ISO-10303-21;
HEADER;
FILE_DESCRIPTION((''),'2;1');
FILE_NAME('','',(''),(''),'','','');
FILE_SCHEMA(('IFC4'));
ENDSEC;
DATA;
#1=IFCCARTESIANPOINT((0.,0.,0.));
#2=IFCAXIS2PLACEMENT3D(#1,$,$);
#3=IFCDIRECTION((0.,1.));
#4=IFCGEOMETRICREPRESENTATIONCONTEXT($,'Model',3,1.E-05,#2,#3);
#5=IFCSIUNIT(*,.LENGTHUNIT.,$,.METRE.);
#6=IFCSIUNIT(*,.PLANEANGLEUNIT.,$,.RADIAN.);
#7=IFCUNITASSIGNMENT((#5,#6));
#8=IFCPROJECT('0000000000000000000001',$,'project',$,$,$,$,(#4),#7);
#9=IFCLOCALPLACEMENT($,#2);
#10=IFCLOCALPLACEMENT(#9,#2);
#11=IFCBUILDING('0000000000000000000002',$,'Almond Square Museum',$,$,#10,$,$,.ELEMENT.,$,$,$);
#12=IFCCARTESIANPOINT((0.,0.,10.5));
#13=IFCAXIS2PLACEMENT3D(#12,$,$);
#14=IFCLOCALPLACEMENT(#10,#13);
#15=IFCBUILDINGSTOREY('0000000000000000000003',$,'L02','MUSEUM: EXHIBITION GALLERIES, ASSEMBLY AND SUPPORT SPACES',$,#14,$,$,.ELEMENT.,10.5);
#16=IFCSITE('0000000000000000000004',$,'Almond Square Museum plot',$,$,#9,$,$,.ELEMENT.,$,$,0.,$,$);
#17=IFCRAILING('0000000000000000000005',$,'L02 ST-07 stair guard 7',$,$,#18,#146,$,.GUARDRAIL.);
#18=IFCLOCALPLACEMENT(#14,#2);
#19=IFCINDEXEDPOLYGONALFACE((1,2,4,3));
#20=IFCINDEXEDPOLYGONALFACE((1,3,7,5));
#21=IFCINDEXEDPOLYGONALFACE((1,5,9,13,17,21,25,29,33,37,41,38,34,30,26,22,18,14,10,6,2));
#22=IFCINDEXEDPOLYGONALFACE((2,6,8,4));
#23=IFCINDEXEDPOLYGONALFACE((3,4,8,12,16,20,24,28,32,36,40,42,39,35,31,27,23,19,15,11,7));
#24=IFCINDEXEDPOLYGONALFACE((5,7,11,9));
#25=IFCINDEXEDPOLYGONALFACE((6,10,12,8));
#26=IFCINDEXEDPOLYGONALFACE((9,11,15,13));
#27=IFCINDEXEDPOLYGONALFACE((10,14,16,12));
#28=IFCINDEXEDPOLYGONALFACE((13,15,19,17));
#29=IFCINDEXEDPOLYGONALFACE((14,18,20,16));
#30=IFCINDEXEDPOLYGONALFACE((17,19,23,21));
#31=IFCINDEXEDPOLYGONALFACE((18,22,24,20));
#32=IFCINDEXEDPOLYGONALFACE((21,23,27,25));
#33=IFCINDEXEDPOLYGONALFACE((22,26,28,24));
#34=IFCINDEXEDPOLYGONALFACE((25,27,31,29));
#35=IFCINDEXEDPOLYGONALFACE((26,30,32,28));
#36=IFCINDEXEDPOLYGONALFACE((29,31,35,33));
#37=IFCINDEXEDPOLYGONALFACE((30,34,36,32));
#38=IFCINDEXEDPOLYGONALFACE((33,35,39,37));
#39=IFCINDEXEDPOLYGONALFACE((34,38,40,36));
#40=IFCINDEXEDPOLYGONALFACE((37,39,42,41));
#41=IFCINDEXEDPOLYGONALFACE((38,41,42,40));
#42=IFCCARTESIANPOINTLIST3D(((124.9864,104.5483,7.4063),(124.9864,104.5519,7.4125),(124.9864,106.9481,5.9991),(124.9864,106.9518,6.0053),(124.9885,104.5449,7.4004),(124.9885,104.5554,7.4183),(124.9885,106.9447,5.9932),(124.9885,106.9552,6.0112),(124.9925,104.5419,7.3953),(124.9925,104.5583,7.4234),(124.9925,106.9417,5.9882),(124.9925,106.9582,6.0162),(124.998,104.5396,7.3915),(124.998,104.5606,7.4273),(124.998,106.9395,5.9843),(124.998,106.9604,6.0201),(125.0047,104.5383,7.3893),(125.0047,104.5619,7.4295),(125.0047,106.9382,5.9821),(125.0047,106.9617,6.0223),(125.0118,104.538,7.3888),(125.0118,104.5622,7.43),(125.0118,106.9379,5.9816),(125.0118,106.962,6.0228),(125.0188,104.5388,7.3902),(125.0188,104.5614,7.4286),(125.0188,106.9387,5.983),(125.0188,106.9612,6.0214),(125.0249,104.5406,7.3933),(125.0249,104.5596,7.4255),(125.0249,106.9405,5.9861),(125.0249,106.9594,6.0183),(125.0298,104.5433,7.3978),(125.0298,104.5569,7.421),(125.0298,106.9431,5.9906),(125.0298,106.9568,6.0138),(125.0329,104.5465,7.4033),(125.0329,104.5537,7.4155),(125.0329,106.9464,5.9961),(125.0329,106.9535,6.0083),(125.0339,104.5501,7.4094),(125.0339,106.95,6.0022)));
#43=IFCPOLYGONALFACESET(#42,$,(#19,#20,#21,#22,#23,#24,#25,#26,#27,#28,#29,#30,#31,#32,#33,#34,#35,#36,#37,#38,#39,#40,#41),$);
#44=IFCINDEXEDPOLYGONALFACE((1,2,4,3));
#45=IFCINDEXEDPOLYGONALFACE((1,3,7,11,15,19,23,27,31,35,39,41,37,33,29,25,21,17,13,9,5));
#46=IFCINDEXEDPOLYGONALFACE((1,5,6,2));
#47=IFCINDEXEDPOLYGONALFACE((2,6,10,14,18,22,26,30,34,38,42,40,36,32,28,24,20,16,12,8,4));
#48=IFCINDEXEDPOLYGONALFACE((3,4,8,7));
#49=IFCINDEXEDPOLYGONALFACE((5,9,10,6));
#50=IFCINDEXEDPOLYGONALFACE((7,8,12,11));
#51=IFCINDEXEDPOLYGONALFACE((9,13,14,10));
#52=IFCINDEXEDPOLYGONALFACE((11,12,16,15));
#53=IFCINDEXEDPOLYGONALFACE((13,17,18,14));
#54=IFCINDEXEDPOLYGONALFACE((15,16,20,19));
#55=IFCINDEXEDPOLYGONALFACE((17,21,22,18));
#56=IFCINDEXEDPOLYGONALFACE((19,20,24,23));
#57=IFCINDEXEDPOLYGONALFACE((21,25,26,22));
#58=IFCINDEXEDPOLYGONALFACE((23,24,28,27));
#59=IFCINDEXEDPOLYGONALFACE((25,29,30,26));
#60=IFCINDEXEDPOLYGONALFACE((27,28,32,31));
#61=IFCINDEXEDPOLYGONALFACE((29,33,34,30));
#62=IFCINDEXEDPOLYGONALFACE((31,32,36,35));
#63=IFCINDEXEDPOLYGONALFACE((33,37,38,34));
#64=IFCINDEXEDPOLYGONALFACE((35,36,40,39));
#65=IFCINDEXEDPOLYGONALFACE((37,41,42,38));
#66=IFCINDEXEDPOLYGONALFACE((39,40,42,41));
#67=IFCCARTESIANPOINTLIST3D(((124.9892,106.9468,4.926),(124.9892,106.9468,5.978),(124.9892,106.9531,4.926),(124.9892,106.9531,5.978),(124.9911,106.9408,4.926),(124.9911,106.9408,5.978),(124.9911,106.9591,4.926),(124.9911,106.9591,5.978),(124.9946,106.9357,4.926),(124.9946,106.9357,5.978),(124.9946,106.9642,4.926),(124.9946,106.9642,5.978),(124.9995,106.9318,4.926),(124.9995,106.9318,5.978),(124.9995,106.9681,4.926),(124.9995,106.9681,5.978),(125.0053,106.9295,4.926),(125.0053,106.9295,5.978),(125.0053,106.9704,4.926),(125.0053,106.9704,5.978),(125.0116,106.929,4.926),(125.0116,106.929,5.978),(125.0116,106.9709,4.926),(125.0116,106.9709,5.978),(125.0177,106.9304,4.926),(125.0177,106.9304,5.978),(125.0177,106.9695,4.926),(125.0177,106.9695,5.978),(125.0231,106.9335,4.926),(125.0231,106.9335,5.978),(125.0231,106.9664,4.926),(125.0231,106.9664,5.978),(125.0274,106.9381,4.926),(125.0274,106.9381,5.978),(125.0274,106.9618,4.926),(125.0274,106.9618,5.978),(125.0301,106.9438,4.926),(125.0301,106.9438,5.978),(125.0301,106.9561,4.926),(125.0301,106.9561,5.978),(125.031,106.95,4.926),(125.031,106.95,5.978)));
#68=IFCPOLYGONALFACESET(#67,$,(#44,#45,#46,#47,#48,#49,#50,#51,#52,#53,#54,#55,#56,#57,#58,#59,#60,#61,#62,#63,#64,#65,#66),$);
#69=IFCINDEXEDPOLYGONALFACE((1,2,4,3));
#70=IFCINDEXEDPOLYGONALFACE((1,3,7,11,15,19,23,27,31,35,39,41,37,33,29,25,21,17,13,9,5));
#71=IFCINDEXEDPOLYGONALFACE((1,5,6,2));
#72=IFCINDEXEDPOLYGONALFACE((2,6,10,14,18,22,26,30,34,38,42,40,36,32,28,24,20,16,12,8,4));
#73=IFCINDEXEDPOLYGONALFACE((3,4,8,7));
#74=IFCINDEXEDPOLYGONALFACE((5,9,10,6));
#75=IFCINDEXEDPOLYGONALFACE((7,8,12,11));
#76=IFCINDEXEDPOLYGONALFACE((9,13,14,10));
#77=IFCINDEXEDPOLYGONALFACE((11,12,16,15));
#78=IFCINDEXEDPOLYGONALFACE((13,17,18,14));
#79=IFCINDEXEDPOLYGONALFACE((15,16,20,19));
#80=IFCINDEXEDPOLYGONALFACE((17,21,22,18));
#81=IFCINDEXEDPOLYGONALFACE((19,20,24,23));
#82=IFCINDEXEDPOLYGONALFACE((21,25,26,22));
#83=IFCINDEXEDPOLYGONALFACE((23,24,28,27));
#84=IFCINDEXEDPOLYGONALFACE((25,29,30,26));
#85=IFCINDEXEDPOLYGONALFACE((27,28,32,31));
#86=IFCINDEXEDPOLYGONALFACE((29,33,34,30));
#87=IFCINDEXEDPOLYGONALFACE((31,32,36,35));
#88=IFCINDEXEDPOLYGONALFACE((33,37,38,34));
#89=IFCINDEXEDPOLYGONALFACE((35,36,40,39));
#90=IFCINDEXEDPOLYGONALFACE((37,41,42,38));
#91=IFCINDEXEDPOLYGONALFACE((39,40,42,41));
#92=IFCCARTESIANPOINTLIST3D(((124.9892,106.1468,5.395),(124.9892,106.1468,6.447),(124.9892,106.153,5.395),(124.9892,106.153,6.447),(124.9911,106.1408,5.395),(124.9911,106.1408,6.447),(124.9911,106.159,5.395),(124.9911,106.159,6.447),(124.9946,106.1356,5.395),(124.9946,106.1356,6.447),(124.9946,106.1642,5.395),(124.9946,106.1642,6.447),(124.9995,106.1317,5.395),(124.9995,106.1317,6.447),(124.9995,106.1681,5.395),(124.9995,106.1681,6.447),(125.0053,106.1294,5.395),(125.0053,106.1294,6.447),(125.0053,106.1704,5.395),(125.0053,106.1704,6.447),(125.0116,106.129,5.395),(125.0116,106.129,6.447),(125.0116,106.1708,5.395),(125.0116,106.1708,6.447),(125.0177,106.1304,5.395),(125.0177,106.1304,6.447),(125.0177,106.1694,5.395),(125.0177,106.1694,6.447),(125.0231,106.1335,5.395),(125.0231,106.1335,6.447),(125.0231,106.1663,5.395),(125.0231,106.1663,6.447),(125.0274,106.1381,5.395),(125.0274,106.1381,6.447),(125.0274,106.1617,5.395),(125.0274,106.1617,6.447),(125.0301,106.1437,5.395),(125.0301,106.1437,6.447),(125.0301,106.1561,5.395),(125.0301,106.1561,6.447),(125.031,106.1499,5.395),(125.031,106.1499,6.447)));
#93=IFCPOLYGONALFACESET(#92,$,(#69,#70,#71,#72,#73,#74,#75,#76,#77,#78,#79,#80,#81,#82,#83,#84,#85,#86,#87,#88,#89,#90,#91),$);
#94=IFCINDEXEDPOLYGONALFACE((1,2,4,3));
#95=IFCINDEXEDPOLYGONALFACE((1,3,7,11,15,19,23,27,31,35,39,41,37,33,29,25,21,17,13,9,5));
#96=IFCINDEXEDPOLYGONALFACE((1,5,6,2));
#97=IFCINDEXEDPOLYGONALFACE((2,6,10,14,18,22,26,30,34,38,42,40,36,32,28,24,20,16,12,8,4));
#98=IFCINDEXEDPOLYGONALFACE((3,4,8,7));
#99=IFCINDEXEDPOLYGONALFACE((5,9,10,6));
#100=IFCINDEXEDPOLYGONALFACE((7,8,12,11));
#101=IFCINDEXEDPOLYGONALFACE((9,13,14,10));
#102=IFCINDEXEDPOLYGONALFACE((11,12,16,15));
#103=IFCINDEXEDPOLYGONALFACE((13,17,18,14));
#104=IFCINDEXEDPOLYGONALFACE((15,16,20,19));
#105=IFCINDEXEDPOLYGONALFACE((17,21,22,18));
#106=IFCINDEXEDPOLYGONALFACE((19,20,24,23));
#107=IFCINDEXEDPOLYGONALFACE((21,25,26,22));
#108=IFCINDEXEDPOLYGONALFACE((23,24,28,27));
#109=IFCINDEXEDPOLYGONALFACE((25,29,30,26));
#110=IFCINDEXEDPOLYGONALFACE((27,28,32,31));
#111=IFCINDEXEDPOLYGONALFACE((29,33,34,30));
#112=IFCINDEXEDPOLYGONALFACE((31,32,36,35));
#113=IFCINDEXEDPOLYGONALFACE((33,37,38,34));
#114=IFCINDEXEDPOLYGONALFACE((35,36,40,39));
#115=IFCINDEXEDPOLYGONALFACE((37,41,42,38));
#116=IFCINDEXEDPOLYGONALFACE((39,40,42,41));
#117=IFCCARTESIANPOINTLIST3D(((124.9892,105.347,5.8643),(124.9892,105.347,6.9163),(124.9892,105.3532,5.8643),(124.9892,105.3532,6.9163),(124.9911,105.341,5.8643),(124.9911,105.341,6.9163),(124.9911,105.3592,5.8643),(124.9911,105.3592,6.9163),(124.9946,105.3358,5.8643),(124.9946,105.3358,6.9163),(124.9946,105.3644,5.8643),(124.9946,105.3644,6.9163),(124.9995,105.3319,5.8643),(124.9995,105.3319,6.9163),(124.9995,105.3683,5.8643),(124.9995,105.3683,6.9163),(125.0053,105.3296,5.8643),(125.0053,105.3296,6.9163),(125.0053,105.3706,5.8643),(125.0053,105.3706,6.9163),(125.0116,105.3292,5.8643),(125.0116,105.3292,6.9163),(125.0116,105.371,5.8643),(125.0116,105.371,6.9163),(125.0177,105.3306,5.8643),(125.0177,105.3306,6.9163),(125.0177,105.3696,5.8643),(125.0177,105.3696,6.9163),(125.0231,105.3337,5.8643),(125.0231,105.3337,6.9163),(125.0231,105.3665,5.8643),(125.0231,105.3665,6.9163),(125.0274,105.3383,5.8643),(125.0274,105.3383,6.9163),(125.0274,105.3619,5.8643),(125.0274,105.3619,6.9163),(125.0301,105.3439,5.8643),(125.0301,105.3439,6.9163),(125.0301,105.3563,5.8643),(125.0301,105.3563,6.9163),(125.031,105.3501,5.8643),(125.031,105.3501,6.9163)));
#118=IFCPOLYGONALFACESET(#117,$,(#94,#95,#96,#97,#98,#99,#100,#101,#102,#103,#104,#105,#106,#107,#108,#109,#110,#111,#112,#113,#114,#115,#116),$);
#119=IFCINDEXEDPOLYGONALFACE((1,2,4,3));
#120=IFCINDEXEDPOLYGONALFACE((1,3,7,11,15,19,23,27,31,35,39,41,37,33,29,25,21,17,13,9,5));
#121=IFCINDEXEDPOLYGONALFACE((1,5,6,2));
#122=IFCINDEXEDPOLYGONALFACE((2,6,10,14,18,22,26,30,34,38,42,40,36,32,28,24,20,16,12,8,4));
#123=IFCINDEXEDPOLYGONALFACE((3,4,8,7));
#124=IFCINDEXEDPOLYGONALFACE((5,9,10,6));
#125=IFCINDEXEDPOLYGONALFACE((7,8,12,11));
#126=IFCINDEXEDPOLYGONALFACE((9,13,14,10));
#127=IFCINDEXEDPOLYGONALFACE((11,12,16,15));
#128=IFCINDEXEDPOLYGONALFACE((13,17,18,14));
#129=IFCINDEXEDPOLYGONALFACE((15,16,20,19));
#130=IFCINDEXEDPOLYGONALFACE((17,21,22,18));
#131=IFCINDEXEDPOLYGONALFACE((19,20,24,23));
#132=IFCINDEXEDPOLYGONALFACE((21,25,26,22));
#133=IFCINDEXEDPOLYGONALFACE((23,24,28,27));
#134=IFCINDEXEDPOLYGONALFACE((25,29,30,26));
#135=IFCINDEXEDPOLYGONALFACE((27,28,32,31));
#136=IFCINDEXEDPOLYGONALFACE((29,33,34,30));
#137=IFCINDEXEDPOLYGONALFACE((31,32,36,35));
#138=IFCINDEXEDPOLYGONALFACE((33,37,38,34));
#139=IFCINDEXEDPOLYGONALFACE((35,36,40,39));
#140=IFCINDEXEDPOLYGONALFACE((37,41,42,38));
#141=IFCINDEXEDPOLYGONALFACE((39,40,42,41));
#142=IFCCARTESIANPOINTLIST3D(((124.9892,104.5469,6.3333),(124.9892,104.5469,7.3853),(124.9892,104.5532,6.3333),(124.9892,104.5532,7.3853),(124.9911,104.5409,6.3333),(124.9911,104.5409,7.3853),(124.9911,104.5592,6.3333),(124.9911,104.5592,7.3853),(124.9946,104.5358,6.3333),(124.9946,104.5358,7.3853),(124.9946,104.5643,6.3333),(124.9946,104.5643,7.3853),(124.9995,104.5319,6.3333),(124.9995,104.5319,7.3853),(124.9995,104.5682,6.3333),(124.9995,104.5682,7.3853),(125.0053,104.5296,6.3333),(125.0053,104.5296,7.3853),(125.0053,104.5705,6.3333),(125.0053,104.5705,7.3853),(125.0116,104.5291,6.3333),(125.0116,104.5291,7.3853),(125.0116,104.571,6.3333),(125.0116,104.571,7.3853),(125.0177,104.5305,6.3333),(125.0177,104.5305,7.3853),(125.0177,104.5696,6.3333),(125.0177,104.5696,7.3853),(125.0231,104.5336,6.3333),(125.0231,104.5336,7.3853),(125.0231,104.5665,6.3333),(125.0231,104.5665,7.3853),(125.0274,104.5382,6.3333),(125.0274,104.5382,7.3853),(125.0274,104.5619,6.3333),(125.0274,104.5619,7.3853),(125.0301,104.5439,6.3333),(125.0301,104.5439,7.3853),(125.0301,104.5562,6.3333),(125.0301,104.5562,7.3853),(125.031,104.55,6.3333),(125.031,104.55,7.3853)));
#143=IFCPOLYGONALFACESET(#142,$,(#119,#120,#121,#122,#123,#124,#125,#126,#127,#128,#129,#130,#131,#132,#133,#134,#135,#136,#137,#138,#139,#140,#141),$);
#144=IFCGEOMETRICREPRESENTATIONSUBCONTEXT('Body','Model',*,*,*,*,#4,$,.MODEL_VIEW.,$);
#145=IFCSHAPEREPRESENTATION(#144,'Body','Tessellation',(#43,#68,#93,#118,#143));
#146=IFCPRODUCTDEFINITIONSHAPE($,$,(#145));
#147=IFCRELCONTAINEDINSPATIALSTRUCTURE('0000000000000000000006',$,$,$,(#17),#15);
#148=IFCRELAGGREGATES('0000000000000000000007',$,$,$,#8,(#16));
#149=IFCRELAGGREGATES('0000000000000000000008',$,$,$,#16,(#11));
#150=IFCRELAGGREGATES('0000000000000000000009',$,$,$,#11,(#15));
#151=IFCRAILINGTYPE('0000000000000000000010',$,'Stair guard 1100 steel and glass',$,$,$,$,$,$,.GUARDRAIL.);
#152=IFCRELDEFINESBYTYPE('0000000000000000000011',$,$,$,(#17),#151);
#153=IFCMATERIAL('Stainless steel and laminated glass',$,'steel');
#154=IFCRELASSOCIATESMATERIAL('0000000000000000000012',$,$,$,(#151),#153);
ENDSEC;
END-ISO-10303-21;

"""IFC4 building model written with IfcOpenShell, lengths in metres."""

from ifc_helpers import new_model, si_unit, direction, frame, origin, origin_2d, place, context, subcontext, project, spatial, circle, extrude, material, type_object, element, save


model = new_model("IFC4")

# Units and contexts
model_context = context("Model", 3, precision=1e-05, world=origin(), true_north=direction((0.0, 1.0)))
body_context = subcontext(model_context, "Body", "Model", "MODEL_VIEW")
ifc_project = project(units=[si_unit("LENGTHUNIT", "METRE"), si_unit("PLANEANGLEUNIT", "RADIAN")], contexts=[model_context])

# Site, building, storey
site_placement = place(None, origin())
site = spatial("IfcSite", under=ifc_project, at=site_placement, Name="Almond Square Museum plot", CompositionType="ELEMENT", RefElevation=0.0)
building_placement = place(site_placement, origin())
building = spatial("IfcBuilding", under=site, at=building_placement, Name="Almond Square Museum", CompositionType="ELEMENT")
storey_placement = place(building_placement, frame((0.0, 0.0, 10.5)))
storey = spatial("IfcBuildingStorey", under=building, at=storey_placement, Name="L02", Description="MUSEUM: EXHIBITION GALLERIES, ASSEMBLY AND SUPPORT SPACES", CompositionType="ELEMENT", Elevation=10.5)

# Railing
ifc_material_1 = material(Name="Stainless steel and laminated glass", Category="steel")
railing_type_1 = type_object("IfcRailingType", Name="Stair guard 1100 steel and glass", PredefinedType="GUARDRAIL", material=ifc_material_1)
railing_1_placement = place(storey_placement, frame((125.01, 106.95, 4.926)))
element("IfcRailing", 1, at=railing_1_placement, inside=storey, type_object=railing_type_1, Name="L02 ST-07 stair guard 7", PredefinedType="GUARDRAIL", context=body_context, shape_type="SweptSolid", body=[
    extrude(circle(Radius=0.0239, at=origin_2d()), frame((0.0, 0.0, 1.0762), z_axis=(0.0, -0.862637, 0.505823), x_axis=(1.0, 0.0, 0.0)), (0.0, 0.0, 1.0), 2.782),
    extrude(circle(Radius=0.021, at=origin_2d()), origin(), (0.0, 0.0, 1.0), 1.052),
    extrude(circle(Radius=0.021, at=origin_2d()), frame((0.0, -0.8, 0.469)), (0.0, 0.0, 1.0), 1.052),
    extrude(circle(Radius=0.021, at=origin_2d()), frame((0.0, -1.5999, 0.9382)), (0.0, 0.0, 1.0), 1.052),
    extrude(circle(Radius=0.021, at=origin_2d()), frame((0.0, -2.3999, 1.4072)), (0.0, 0.0, 1.0), 1.052),
])

save(model, "model.ifc")
